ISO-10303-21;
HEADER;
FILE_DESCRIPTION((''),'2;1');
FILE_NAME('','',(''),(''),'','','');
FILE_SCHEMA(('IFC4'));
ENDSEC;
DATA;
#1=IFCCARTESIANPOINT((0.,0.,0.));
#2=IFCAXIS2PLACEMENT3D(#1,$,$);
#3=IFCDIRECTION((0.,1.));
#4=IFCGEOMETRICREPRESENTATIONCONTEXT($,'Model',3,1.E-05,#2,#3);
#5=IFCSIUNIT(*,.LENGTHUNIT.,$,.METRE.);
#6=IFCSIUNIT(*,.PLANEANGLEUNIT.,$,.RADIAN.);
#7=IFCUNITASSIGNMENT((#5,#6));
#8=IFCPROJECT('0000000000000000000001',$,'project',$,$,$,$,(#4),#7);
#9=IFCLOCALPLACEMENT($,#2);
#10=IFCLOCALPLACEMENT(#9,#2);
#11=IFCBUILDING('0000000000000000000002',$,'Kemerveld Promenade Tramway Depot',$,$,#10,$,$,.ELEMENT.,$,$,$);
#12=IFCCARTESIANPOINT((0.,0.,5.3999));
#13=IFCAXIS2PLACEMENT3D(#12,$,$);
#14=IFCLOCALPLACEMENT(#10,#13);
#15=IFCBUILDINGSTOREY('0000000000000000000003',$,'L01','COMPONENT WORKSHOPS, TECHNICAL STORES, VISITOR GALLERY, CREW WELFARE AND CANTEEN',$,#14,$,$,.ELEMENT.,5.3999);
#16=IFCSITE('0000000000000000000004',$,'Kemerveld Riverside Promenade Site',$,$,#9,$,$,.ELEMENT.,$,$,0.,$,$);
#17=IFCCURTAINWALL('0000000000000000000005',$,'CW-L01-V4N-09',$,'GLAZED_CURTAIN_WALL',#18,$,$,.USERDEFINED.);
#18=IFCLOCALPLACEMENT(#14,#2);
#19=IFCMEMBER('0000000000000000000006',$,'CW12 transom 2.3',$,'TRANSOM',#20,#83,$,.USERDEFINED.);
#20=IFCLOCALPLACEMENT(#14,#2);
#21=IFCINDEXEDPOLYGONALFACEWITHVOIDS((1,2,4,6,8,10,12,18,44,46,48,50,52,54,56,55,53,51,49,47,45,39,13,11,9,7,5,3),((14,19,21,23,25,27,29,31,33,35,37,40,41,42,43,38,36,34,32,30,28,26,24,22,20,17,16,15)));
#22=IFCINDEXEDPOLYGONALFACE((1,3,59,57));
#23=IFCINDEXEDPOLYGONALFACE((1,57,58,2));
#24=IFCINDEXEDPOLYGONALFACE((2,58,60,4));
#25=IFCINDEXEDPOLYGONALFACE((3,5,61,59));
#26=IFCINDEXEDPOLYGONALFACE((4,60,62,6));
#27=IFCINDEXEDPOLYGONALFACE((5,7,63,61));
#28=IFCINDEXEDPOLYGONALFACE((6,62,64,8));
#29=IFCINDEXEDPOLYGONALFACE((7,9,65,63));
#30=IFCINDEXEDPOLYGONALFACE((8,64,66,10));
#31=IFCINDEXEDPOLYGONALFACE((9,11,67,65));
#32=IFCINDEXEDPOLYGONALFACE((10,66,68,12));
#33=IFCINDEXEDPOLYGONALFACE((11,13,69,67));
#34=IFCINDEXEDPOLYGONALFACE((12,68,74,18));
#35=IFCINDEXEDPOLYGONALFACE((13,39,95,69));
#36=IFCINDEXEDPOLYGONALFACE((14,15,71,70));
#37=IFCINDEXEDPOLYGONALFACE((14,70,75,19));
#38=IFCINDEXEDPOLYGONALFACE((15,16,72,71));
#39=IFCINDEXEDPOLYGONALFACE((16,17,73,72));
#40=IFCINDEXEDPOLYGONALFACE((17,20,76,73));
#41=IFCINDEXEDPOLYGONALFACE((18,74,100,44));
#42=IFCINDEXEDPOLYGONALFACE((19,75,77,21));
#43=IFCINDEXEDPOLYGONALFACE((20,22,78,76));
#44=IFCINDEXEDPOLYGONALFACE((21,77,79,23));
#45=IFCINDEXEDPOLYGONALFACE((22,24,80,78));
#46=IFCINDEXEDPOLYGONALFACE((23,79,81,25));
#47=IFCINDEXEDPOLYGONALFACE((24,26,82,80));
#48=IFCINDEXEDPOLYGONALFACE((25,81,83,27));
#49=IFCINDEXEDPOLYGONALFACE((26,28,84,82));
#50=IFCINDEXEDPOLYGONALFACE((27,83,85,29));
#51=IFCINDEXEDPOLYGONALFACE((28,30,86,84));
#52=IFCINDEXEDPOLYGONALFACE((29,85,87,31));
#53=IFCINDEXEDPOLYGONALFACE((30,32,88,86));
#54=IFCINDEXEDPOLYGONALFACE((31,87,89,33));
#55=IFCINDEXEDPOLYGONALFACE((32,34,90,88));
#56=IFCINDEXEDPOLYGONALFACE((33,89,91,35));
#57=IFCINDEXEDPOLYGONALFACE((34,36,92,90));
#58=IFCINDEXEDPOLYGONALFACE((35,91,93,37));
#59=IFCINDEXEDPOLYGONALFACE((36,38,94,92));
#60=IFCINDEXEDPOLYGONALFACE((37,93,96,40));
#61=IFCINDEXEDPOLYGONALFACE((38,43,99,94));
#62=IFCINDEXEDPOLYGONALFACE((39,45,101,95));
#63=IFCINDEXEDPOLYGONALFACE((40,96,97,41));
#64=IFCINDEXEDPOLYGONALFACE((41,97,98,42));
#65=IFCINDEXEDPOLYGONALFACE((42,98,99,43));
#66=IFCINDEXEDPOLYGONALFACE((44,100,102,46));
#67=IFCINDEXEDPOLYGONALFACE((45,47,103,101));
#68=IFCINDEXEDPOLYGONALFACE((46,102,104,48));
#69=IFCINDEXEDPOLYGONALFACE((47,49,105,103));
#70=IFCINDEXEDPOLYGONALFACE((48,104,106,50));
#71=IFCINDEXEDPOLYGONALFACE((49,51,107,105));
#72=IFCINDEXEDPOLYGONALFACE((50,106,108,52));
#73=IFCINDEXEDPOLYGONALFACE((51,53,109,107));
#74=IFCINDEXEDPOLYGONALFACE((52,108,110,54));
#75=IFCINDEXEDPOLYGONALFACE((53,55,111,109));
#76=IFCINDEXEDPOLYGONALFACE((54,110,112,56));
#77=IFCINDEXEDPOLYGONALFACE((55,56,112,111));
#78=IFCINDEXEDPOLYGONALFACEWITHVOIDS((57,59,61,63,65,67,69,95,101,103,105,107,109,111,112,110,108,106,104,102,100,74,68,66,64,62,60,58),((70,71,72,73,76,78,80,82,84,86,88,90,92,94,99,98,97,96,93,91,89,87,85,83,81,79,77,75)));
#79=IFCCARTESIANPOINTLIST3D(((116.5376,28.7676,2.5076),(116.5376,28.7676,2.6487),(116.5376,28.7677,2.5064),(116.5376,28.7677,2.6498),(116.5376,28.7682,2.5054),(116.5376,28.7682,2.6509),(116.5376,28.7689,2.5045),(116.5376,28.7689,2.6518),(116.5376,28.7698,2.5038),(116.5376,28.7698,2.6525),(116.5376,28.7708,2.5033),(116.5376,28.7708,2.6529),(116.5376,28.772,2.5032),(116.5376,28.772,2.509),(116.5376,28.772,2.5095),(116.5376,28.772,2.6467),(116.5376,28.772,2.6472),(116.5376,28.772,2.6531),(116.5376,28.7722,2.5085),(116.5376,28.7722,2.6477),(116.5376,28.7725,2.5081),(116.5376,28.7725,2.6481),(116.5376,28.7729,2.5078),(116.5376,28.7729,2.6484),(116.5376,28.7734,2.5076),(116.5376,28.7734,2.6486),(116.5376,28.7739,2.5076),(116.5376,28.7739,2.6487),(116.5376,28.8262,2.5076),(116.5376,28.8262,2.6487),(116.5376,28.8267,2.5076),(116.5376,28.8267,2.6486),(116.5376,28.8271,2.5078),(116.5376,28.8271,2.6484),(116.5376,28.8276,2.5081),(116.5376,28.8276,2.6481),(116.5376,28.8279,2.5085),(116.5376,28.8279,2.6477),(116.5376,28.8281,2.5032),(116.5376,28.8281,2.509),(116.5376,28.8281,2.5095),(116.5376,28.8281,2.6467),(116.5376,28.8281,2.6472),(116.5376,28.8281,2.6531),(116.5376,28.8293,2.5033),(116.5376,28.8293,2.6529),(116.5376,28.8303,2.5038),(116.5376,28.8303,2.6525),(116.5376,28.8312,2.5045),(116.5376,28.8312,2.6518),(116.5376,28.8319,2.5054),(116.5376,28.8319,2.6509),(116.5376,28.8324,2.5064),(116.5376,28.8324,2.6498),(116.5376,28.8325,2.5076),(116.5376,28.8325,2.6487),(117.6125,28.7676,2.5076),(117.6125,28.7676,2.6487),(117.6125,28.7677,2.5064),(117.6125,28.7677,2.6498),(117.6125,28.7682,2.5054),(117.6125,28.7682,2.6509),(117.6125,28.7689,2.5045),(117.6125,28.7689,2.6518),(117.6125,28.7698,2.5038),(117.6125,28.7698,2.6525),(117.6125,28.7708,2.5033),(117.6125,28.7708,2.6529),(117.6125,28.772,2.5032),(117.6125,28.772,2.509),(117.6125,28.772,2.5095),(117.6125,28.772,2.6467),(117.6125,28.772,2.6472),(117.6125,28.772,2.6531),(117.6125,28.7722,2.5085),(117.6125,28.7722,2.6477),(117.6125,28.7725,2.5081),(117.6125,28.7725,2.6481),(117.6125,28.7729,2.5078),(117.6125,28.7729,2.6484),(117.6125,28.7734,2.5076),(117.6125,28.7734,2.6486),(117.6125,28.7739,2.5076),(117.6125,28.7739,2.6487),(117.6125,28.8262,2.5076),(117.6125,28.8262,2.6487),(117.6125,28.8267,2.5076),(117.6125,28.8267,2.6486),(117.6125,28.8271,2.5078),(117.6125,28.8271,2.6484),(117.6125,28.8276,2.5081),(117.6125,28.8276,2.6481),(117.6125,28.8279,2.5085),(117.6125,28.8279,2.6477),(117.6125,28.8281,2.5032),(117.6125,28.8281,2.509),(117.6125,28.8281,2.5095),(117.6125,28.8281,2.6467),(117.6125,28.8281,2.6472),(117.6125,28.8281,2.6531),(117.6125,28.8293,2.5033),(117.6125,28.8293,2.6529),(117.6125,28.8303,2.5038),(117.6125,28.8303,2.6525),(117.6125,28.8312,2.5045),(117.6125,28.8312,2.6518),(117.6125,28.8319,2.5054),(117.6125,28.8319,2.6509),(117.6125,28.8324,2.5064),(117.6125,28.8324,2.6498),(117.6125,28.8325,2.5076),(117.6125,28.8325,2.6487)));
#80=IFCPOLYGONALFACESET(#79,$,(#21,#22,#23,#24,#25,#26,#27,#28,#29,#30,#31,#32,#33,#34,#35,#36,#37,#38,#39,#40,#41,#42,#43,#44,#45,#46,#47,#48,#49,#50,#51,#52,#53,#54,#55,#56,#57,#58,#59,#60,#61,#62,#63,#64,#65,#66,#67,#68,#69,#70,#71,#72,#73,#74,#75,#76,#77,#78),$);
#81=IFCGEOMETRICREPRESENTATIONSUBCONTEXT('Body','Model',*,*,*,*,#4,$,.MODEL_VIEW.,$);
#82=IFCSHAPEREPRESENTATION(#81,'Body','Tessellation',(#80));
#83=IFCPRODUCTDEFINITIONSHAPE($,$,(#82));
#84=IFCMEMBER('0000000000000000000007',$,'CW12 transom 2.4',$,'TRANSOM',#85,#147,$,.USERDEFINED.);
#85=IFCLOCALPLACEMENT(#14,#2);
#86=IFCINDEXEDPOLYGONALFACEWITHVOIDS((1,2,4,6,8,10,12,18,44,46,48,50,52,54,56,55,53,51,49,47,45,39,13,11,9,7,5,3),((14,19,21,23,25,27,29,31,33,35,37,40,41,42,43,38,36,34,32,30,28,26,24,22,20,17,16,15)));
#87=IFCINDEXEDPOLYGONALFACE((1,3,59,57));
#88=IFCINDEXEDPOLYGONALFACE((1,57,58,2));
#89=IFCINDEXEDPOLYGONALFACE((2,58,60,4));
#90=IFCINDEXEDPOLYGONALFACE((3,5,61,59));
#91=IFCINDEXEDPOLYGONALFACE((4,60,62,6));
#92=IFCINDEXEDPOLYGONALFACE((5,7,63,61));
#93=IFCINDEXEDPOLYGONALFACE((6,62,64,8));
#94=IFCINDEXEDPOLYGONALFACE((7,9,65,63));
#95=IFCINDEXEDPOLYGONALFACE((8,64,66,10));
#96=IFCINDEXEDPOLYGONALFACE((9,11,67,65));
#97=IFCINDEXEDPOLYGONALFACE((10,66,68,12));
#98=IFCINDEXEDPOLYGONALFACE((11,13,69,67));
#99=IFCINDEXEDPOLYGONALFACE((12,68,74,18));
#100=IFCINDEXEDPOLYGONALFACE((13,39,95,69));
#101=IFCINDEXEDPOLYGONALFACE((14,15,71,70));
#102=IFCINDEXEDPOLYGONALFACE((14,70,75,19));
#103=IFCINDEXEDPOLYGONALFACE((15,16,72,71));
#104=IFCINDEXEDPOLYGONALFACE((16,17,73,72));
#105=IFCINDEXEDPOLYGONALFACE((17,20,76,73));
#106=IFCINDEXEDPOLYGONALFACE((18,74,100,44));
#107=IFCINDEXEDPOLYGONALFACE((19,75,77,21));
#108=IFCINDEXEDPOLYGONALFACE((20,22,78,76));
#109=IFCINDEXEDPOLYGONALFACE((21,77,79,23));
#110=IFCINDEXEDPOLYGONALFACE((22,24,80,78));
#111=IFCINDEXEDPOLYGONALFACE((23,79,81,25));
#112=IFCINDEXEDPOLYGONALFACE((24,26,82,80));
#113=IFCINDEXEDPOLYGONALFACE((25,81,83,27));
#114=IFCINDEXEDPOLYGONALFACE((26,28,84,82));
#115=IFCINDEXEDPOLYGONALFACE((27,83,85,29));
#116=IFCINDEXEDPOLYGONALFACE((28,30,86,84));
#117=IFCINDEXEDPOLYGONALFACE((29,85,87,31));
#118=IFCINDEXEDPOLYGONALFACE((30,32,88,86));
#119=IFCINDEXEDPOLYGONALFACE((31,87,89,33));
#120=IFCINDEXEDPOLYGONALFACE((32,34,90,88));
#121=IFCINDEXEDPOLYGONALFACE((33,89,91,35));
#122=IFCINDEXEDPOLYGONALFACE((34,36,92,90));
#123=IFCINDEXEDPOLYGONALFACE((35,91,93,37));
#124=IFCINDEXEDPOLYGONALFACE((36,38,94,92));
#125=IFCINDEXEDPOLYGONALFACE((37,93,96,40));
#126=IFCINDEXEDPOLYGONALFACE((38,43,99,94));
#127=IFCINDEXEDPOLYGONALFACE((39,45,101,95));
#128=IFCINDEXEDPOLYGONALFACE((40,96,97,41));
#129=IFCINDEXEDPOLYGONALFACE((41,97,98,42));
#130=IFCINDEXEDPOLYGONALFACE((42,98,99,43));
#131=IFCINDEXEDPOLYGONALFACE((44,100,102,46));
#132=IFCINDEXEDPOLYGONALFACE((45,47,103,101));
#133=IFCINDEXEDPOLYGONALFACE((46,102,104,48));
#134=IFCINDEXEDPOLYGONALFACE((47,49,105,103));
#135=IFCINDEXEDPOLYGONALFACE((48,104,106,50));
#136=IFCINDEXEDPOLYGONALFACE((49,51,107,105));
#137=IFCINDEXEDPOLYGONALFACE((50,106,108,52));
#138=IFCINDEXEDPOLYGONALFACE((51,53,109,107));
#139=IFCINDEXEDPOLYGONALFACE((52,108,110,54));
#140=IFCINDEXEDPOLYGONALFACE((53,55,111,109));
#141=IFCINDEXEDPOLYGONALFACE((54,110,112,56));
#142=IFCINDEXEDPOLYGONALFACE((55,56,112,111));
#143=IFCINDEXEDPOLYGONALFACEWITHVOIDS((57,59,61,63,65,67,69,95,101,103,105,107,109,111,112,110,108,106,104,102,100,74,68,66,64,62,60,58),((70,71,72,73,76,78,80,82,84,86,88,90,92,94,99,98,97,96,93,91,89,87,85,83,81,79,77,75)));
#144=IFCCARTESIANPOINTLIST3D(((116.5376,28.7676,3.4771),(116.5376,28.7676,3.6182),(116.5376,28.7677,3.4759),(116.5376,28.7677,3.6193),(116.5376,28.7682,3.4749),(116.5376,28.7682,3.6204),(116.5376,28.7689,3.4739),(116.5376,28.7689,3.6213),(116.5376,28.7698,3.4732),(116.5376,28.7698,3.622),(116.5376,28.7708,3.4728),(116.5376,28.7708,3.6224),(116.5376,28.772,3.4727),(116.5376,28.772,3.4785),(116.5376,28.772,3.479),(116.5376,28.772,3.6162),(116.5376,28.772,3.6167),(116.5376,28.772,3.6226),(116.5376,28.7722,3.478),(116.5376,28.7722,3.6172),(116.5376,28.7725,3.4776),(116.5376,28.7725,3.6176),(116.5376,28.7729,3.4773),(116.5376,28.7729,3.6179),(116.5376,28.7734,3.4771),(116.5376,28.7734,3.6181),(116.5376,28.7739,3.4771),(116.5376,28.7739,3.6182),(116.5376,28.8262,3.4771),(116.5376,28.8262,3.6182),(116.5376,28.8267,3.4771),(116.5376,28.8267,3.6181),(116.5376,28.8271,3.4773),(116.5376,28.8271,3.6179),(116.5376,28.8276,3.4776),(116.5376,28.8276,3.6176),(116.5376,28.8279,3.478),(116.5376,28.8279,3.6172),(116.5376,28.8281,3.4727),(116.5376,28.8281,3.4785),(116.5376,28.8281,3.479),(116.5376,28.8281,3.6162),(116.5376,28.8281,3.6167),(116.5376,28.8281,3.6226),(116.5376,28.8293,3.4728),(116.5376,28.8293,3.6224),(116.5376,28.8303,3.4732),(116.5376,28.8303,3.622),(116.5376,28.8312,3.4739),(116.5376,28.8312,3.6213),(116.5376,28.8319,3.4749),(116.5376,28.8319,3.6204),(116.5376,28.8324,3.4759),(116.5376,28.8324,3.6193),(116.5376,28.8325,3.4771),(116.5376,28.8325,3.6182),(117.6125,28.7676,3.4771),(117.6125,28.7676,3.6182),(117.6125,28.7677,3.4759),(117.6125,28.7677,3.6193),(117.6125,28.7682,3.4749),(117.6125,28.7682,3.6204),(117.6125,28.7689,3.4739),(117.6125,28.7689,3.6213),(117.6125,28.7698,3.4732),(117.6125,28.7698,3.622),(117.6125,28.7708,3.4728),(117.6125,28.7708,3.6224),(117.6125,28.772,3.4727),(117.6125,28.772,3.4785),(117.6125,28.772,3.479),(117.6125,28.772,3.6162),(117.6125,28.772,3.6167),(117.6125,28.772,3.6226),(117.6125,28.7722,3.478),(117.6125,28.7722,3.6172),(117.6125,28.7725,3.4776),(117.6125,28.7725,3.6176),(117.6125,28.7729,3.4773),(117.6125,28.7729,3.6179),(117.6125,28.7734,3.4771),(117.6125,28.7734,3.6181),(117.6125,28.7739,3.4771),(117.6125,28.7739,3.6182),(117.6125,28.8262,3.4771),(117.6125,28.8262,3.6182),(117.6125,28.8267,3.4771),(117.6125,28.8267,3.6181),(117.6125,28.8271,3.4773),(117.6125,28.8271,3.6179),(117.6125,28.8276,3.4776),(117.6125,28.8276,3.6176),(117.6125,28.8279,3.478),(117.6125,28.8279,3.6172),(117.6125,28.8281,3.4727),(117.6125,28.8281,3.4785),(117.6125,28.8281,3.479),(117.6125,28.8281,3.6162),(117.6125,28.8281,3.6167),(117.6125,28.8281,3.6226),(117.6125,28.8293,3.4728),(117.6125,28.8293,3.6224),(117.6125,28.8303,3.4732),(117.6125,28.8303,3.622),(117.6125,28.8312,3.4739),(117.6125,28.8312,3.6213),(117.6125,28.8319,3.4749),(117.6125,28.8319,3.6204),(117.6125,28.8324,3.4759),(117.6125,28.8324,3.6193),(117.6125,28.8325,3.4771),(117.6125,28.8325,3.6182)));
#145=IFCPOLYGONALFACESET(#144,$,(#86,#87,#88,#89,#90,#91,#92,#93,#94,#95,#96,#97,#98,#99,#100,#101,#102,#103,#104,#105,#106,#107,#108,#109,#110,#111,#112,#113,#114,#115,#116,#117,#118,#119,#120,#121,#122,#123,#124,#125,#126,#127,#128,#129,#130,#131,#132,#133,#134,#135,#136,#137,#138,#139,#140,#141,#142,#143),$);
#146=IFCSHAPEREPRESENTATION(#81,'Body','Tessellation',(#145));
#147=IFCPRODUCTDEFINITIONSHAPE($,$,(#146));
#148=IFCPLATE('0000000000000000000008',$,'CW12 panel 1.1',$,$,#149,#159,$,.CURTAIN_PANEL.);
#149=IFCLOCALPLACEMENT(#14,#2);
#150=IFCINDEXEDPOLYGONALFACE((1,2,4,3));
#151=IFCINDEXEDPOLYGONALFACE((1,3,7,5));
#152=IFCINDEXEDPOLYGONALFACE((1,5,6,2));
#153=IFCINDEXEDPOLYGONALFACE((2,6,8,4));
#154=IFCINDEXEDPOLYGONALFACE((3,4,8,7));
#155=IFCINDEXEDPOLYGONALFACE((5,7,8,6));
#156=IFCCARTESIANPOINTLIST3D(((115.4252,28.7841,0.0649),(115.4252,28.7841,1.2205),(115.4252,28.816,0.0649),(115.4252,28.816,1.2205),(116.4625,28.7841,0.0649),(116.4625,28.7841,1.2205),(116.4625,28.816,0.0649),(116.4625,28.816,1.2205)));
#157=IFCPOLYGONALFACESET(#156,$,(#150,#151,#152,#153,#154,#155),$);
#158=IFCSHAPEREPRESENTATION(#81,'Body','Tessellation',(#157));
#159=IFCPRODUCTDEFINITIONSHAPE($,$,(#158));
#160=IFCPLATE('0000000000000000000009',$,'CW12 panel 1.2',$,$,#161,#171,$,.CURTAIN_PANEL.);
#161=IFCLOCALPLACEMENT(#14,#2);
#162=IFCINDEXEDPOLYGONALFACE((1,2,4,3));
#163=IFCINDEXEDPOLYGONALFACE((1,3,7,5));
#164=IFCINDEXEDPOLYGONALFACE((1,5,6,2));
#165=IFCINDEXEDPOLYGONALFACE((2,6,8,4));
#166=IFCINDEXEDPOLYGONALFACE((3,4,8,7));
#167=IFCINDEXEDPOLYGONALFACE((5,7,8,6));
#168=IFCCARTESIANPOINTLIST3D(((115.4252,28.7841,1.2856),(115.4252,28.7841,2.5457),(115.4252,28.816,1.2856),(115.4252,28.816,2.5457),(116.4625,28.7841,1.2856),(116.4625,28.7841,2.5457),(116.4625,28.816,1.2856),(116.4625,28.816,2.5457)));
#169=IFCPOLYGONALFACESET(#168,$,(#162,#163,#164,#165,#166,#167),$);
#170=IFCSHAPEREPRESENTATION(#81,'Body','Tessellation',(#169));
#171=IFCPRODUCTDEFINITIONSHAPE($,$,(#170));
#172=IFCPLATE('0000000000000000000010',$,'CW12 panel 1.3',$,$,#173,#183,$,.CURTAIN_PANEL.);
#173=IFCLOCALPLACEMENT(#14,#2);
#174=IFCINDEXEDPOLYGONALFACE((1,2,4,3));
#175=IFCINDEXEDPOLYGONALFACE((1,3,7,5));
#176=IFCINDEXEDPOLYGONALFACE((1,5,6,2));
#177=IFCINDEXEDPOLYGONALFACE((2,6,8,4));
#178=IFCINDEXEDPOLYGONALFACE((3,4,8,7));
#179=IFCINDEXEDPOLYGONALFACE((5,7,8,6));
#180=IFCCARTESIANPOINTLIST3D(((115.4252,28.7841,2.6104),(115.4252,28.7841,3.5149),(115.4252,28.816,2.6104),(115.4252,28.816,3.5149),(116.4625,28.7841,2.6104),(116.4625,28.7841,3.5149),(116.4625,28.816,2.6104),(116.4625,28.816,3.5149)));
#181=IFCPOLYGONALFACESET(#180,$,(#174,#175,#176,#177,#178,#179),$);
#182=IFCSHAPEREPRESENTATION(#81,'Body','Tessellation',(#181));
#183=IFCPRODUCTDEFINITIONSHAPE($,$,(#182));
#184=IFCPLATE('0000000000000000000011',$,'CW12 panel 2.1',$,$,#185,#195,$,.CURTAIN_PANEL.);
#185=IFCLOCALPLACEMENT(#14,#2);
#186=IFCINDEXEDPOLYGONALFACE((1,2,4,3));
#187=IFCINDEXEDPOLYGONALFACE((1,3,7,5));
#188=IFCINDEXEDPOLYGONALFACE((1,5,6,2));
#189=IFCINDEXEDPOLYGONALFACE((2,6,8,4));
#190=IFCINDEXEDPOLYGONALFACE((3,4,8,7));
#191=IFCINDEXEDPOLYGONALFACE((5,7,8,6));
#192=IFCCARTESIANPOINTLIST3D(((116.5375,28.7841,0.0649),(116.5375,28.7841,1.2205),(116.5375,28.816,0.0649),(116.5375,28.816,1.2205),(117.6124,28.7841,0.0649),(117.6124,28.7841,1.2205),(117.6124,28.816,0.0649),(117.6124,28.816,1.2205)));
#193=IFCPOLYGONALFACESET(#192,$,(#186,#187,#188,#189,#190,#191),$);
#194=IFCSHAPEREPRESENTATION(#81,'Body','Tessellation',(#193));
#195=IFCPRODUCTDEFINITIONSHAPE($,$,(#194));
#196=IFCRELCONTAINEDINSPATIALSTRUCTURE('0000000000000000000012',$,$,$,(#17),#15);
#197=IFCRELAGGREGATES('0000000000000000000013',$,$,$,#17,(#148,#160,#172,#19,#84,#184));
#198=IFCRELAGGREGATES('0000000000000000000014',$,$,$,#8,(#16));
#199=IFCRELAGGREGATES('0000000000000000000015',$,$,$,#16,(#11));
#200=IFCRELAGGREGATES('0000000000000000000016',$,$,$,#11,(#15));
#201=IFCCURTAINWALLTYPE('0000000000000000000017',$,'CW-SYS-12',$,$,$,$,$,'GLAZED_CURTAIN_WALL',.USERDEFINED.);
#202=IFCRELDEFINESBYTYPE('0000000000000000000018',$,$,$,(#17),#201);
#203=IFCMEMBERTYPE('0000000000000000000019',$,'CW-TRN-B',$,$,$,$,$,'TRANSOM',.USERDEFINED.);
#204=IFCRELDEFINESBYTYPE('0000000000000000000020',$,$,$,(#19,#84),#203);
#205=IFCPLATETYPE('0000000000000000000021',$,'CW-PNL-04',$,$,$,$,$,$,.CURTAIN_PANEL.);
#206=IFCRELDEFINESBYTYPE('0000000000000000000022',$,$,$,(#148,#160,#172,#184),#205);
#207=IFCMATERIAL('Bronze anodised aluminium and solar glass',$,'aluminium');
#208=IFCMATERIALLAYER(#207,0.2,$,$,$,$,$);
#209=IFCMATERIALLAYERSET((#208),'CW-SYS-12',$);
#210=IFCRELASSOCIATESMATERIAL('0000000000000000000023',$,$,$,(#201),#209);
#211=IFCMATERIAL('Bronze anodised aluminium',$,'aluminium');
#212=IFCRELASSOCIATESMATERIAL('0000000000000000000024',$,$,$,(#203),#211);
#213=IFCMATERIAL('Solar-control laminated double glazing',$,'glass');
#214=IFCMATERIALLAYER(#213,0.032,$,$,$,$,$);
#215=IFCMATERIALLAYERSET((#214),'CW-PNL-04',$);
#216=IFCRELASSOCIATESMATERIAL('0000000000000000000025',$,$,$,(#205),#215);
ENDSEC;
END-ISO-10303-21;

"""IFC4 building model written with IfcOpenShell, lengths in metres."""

from ifc_helpers import new_model, si_unit, direction, frame, origin, origin_2d, place, context, subcontext, project, spatial, rectangle, hollow_rectangle, extrude, material, layer, layer_set, material_profile, profile_set, type_object, element, aggregate, save


model = new_model("IFC4")

# Units and contexts
model_context = context("Model", 3, precision=1e-05, world=origin(), true_north=direction((0.0, 1.0)))
body_context = subcontext(model_context, "Body", "Model", "MODEL_VIEW")
ifc_project = project(units=[si_unit("LENGTHUNIT", "METRE"), si_unit("PLANEANGLEUNIT", "RADIAN")], contexts=[model_context])

# Site, building, storey
site_placement = place(None, origin())
site = spatial("IfcSite", under=ifc_project, at=site_placement, Name="Kemerveld Riverside Promenade Site", CompositionType="ELEMENT", RefElevation=0.0)
building_placement = place(site_placement, origin())
building = spatial("IfcBuilding", under=site, at=building_placement, Name="Kemerveld Promenade Tramway Depot", CompositionType="ELEMENT")
storey_placement = place(building_placement, frame((0.0, 0.0, 5.3999)))
storey = spatial("IfcBuildingStorey", under=building, at=storey_placement, Name="L01", Description="COMPONENT WORKSHOPS, TECHNICAL STORES, VISITOR GALLERY, CREW WELFARE AND CANTEEN", CompositionType="ELEMENT", Elevation=5.3999)

# Curtain wall, members, plates
ifc_material_1 = material(Name="Bronze anodised aluminium and solar glass", Category="aluminium")
ifc_layer_1 = layer(ifc_material_1, 0.2)
ifc_layer_set_1 = layer_set([ifc_layer_1], Name="CW-SYS-12")
curtain_wall_type = type_object("IfcCurtainWallType", Name="CW-SYS-12", ElementType="GLAZED_CURTAIN_WALL", PredefinedType="USERDEFINED", material=ifc_layer_set_1)
curtain_wall_placement = place(storey_placement, origin())
curtain_wall = element("IfcCurtainWall", 1, at=curtain_wall_placement, inside=storey, type_object=curtain_wall_type, Name="CW-L01-V4N-09", ObjectType="GLAZED_CURTAIN_WALL", PredefinedType="USERDEFINED")
ifc_material_2 = material(Name="Bronze anodised aluminium", Category="aluminium")
ifc_material_profile_1 = material_profile(ifc_material_2, hollow_rectangle(XDim=0.0649, YDim=0.1499, WallThickness=0.0044, InnerFilletRadius=0.002, OuterFilletRadius=0.0044, at=origin_2d()), Name="CW-TRN-150x65")
ifc_profile_set_1 = profile_set([ifc_material_profile_1], Name="Bronze anodised aluminium")
member_type_1 = type_object("IfcMemberType", Name="CW-TRN-B", ElementType="TRANSOM", PredefinedType="USERDEFINED", material=ifc_profile_set_1)
member_1_placement = place(storey_placement, frame((116.5376, 28.8, 2.5781), z_axis=(1.0, 0.0, 0.0), x_axis=(0.0, 1.0, 0.0)))
member_1 = element("IfcMember", 2, at=member_1_placement, type_object=member_type_1, Name="CW12 transom 2.3", ObjectType="TRANSOM", PredefinedType="USERDEFINED", context=body_context, shape_type="SweptSolid", body=[
    extrude(hollow_rectangle(XDim=0.0649, YDim=0.1499, WallThickness=0.0044, InnerFilletRadius=0.002, OuterFilletRadius=0.0044, at=origin_2d()), origin(), (0.0, 0.0, 1.0), 1.075),
])
member_2_placement = place(storey_placement, frame((116.5376, 28.8, 3.5476), z_axis=(1.0, 0.0, 0.0), x_axis=(0.0, 1.0, 0.0)))
member_2 = element("IfcMember", 3, at=member_2_placement, type_object=member_type_1, Name="CW12 transom 2.4", ObjectType="TRANSOM", PredefinedType="USERDEFINED", context=body_context, shape_type="SweptSolid", body=[
    extrude(hollow_rectangle(XDim=0.0649, YDim=0.1499, WallThickness=0.0044, InnerFilletRadius=0.002, OuterFilletRadius=0.0044, at=origin_2d()), origin(), (0.0, 0.0, 1.0), 1.075),
])
ifc_material_3 = material(Name="Solar-control laminated double glazing", Category="glass")
ifc_layer_2 = layer(ifc_material_3, 0.032)
ifc_layer_set_2 = layer_set([ifc_layer_2], Name="CW-PNL-04")
plate_type = type_object("IfcPlateType", Name="CW-PNL-04", PredefinedType="CURTAIN_PANEL", material=ifc_layer_set_2)
plate_1_placement = place(storey_placement, frame((115.9438, 28.8, 0.0649), z_axis=(0.0, 0.0, 1.0), x_axis=(1.0, 0.0, 0.0)))
plate_1 = element("IfcPlate", 4, at=plate_1_placement, type_object=plate_type, Name="CW12 panel 1.1", PredefinedType="CURTAIN_PANEL", context=body_context, shape_type="SweptSolid", body=[
    extrude(rectangle(XDim=1.0374, YDim=0.032, at=origin_2d()), origin(), (0.0, 0.0, 1.0), 1.1555),
])
plate_2_placement = place(storey_placement, frame((115.9438, 28.8, 1.2856), z_axis=(0.0, 0.0, 1.0), x_axis=(1.0, 0.0, 0.0)))
plate_2 = element("IfcPlate", 5, at=plate_2_placement, type_object=plate_type, Name="CW12 panel 1.2", PredefinedType="CURTAIN_PANEL", context=body_context, shape_type="SweptSolid", body=[
    extrude(rectangle(XDim=1.0374, YDim=0.032, at=origin_2d()), origin(), (0.0, 0.0, 1.0), 1.26),
])
plate_3_placement = place(storey_placement, frame((115.9438, 28.8, 2.6104), z_axis=(0.0, 0.0, 1.0), x_axis=(1.0, 0.0, 0.0)))
plate_3 = element("IfcPlate", 6, at=plate_3_placement, type_object=plate_type, Name="CW12 panel 1.3", PredefinedType="CURTAIN_PANEL", context=body_context, shape_type="SweptSolid", body=[
    extrude(rectangle(XDim=1.0374, YDim=0.032, at=origin_2d()), origin(), (0.0, 0.0, 1.0), 0.9045),
])
plate_4_placement = place(storey_placement, frame((117.075, 28.8, 0.0649), z_axis=(0.0, 0.0, 1.0), x_axis=(1.0, 0.0, 0.0)))
plate_4 = element("IfcPlate", 7, at=plate_4_placement, type_object=plate_type, Name="CW12 panel 2.1", PredefinedType="CURTAIN_PANEL", context=body_context, shape_type="SweptSolid", body=[
    extrude(rectangle(XDim=1.075, YDim=0.032, at=origin_2d()), origin(), (0.0, 0.0, 1.0), 1.1555),
])
aggregate(curtain_wall, [plate_1, plate_2, plate_3, member_1, member_2, plate_4])

save(model, "model.ifc")
